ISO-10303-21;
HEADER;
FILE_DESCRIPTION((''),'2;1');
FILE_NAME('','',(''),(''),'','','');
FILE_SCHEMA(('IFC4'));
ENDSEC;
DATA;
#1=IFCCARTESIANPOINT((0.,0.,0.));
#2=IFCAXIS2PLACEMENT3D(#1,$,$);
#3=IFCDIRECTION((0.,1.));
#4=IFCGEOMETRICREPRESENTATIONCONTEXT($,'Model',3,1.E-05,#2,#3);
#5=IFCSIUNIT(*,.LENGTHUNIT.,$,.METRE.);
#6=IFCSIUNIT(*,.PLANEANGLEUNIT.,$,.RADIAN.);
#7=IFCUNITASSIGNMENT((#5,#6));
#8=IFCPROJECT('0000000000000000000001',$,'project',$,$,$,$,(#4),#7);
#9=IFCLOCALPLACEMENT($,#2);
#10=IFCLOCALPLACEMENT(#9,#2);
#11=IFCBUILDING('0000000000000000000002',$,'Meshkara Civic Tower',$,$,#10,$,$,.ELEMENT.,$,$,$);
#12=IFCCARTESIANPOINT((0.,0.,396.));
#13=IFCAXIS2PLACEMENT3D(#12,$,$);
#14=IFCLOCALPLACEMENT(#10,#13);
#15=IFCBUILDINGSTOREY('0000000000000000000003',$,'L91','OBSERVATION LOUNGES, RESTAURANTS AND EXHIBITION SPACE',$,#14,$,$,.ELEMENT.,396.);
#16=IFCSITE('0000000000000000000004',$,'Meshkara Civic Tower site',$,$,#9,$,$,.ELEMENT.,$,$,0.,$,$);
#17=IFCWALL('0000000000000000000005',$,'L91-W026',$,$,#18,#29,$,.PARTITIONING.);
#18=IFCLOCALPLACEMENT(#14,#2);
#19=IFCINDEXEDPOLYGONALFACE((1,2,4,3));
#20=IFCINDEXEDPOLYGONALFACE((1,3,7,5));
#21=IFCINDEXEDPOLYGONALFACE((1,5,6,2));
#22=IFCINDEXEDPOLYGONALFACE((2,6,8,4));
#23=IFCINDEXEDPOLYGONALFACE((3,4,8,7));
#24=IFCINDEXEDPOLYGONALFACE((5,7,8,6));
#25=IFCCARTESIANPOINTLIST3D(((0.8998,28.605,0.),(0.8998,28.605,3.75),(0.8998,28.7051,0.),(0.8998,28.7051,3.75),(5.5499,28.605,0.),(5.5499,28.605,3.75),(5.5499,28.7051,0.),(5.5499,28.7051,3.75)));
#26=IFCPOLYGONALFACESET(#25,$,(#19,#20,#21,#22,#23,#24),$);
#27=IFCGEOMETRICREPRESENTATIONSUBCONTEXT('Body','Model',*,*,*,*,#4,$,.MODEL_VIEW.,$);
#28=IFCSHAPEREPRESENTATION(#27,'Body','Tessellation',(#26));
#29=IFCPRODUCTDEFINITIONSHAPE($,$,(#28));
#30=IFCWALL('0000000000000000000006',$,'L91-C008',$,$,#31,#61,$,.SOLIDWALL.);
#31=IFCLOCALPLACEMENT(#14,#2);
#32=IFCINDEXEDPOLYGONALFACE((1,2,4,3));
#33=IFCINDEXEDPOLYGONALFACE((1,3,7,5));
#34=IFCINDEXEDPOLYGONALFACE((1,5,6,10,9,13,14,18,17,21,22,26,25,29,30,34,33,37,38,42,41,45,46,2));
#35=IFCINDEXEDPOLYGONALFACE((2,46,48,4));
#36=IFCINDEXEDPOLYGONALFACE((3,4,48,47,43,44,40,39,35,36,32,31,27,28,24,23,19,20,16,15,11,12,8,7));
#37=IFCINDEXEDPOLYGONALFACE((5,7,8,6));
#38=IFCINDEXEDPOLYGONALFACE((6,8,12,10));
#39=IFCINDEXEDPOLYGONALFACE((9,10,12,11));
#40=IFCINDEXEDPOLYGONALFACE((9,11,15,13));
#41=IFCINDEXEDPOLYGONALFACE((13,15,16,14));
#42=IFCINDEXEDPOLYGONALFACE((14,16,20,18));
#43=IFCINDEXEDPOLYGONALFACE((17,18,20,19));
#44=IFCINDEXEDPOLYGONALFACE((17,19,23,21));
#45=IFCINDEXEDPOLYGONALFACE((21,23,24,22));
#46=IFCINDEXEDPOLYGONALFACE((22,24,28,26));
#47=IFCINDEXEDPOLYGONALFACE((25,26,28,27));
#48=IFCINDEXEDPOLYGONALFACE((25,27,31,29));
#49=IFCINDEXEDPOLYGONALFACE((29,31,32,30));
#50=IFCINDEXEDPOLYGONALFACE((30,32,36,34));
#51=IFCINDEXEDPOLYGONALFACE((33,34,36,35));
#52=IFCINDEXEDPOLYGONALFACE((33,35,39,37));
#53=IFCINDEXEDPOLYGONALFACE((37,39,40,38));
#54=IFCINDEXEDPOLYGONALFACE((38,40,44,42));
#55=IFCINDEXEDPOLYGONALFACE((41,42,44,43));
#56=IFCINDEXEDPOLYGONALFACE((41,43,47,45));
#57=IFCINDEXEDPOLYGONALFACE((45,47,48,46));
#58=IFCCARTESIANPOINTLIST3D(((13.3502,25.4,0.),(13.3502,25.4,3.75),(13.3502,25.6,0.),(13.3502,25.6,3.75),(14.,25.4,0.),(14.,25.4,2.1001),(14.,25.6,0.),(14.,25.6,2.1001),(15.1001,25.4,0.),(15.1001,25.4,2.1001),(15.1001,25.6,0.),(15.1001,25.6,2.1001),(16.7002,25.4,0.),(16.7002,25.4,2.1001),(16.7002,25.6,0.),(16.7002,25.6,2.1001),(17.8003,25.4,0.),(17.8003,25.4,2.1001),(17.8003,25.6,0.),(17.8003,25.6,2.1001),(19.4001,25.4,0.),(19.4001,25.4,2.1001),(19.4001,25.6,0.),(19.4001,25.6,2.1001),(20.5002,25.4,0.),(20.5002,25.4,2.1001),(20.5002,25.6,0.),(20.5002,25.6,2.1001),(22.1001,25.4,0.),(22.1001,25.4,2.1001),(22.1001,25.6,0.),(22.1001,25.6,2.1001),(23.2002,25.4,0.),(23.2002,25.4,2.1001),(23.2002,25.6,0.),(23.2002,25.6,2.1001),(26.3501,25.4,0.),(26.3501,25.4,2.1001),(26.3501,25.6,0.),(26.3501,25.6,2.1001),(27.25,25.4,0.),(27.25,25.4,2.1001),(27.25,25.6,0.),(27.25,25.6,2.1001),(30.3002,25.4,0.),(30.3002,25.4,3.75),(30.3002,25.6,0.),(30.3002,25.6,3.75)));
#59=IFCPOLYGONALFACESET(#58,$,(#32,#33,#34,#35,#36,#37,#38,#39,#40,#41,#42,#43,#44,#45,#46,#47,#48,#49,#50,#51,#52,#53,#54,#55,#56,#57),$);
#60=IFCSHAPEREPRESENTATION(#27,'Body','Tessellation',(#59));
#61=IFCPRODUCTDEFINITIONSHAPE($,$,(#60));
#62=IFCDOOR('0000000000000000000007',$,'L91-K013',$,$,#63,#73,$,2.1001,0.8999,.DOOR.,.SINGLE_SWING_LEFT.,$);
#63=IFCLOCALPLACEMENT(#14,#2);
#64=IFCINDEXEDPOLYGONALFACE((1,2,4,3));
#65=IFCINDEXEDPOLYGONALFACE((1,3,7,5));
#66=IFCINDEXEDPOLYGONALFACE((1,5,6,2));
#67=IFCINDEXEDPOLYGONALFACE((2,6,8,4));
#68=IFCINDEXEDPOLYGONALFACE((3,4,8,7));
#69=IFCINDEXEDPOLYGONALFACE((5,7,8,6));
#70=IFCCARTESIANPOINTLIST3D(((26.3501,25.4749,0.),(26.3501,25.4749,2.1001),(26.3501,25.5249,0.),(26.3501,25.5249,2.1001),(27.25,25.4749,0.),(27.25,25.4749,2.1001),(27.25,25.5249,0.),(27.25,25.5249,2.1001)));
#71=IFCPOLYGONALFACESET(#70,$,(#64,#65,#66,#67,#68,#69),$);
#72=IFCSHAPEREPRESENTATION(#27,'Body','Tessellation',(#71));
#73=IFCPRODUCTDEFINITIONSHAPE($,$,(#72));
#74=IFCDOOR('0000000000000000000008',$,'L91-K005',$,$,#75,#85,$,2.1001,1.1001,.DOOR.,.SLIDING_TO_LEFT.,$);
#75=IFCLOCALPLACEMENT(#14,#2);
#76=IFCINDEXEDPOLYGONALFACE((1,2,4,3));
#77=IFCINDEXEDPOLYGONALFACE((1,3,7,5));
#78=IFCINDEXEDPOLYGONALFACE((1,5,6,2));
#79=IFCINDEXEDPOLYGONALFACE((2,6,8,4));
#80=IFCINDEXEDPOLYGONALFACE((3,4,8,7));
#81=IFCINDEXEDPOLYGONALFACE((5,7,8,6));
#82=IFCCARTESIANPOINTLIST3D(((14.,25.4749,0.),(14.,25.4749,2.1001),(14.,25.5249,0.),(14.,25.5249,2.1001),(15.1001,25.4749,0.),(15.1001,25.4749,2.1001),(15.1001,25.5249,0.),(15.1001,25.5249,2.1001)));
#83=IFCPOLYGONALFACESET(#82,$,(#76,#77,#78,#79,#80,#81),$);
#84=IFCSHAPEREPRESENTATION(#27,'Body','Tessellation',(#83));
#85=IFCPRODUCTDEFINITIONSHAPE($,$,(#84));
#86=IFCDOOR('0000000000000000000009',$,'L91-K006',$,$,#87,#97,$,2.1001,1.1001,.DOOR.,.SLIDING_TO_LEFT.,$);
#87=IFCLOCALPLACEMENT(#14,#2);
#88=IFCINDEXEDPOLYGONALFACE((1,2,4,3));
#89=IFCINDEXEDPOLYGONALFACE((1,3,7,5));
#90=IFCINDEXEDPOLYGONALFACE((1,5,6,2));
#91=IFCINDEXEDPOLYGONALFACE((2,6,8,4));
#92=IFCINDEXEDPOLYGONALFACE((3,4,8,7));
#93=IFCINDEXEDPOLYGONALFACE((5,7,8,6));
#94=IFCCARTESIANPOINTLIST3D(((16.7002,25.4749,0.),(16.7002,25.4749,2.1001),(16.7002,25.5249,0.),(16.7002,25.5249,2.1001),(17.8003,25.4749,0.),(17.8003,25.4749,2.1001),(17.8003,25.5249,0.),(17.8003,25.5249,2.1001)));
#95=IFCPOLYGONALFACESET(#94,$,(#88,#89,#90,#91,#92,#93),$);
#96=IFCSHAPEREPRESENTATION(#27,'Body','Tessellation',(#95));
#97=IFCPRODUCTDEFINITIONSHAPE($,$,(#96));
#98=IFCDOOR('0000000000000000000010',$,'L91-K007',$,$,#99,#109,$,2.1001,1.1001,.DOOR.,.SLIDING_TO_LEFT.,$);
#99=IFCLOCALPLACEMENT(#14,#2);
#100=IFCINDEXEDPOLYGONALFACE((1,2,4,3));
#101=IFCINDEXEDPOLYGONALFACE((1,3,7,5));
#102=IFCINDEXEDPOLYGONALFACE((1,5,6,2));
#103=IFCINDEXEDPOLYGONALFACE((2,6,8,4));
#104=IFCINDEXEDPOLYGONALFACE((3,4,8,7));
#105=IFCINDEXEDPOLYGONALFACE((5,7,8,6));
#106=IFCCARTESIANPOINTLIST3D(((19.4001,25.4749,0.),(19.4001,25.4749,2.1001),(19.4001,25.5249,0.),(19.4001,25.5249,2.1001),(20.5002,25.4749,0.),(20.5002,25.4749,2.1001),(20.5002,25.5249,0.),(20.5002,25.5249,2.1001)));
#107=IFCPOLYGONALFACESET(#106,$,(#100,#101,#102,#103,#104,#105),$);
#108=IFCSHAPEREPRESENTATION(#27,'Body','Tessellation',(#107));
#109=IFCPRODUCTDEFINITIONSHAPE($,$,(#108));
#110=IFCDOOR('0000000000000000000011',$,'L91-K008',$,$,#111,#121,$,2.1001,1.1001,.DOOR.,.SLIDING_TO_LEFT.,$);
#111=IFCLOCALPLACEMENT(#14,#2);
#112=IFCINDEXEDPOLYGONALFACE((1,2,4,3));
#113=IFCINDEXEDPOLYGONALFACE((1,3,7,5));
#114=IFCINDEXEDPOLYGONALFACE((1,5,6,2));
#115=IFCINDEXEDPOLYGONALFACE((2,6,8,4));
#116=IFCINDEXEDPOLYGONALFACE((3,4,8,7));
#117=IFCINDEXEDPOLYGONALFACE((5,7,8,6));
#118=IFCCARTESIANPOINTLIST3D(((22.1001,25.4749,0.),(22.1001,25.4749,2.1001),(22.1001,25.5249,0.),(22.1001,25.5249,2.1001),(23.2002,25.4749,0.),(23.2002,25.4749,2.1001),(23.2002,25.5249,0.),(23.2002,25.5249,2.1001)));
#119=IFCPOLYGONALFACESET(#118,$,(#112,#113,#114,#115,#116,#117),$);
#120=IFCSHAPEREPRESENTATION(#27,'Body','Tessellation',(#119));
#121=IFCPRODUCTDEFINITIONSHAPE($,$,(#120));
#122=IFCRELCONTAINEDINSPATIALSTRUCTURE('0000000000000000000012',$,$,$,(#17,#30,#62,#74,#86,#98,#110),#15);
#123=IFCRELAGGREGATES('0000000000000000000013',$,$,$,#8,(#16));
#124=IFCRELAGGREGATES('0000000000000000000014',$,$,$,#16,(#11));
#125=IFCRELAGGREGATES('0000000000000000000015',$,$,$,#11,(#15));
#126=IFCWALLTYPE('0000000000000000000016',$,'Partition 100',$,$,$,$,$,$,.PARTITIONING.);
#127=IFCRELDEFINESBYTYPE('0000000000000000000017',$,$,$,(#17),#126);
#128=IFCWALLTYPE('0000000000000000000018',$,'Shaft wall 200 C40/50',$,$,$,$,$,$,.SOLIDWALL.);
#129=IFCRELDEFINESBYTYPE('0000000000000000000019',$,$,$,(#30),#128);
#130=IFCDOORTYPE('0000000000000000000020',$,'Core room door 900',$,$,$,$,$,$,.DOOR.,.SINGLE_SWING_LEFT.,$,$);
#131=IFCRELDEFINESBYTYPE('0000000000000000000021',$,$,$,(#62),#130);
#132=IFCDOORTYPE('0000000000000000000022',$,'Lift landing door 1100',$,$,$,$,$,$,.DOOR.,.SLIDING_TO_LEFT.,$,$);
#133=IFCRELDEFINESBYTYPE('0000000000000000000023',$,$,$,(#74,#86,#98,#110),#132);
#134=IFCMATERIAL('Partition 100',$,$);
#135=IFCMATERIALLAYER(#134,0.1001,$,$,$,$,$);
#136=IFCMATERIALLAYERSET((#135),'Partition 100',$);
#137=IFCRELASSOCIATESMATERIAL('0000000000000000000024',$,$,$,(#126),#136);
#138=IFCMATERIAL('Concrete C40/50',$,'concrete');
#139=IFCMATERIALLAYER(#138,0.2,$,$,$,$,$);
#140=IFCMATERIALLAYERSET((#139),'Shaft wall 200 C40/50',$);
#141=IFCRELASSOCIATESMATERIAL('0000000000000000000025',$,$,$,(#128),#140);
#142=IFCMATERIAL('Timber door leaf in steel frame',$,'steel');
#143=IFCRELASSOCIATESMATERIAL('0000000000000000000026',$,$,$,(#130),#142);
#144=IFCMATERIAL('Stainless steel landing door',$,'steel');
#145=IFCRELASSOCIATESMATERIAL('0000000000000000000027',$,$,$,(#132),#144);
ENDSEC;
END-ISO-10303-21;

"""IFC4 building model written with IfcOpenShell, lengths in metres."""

from ifc_helpers import new_model, si_unit, direction, frame, frame_2d, origin, place, context, subcontext, project, spatial, rectangle, extrude, material, layer, layer_set, type_object, element, fill, save


model = new_model("IFC4")

# Units and contexts
model_context = context("Model", 3, precision=1e-05, world=origin(), true_north=direction((0.0, 1.0)))
body_context = subcontext(model_context, "Body", "Model", "MODEL_VIEW")
ifc_project = project(units=[si_unit("LENGTHUNIT", "METRE"), si_unit("PLANEANGLEUNIT", "RADIAN")], contexts=[model_context])

# Site, building, storey
site_placement = place(None, origin())
site = spatial("IfcSite", under=ifc_project, at=site_placement, Name="Meshkara Civic Tower site", CompositionType="ELEMENT", RefElevation=0.0)
building_placement = place(site_placement, origin())
building = spatial("IfcBuilding", under=site, at=building_placement, Name="Meshkara Civic Tower", CompositionType="ELEMENT")
storey_placement = place(building_placement, frame((0.0, 0.0, 396.0)))
storey = spatial("IfcBuildingStorey", under=building, at=storey_placement, Name="L91", Description="OBSERVATION LOUNGES, RESTAURANTS AND EXHIBITION SPACE", CompositionType="ELEMENT", Elevation=396.0)

# Wall
ifc_material_1 = material(Name="Partition 100")
ifc_layer_1 = layer(ifc_material_1, 0.1001)
ifc_layer_set_1 = layer_set([ifc_layer_1], Name="Partition 100")
wall_type_1 = type_object("IfcWallType", Name="Partition 100", PredefinedType="PARTITIONING", material=ifc_layer_set_1)
wall_1_placement = place(storey_placement, frame((5.55, 28.655, 0.0), z_axis=(0.0, 0.0, 1.0), x_axis=(-1.0, 0.0, 0.0)))
element("IfcWall", 1, at=wall_1_placement, inside=storey, type_object=wall_type_1, Name="L91-W026", PredefinedType="PARTITIONING", context=body_context, shape_type="SweptSolid", body=[
    extrude(rectangle(XDim=4.6501, YDim=0.1001, at=frame_2d((2.3252, 0.0))), origin(), (0.0, 0.0, 1.0), 3.75),
])

# Wall, openings, doors
ifc_material_2 = material(Name="Concrete C40/50", Category="concrete")
ifc_layer_2 = layer(ifc_material_2, 0.2)
ifc_layer_set_2 = layer_set([ifc_layer_2], Name="Shaft wall 200 C40/50")
wall_type_2 = type_object("IfcWallType", Name="Shaft wall 200 C40/50", PredefinedType="SOLIDWALL", material=ifc_layer_set_2)
wall_2_placement = place(storey_placement, frame((13.3501, 25.5, 0.0), z_axis=(0.0, 0.0, 1.0), x_axis=(1.0, 0.0, 0.0)))
wall_2 = element("IfcWall", 2, at=wall_2_placement, inside=storey, type_object=wall_type_2, Name="L91-C008", PredefinedType="SOLIDWALL", context=body_context, shape_type="SweptSolid", body=[
    extrude(rectangle(XDim=16.95, YDim=0.2, at=frame_2d((8.4751, 0.0))), origin(), (0.0, 0.0, 1.0), 3.75),
])
opening_1_placement = place(wall_2_placement, frame((0.6499, 0.0, 0.0)))
opening_1 = element("IfcOpeningElement", 3, at=opening_1_placement, cuts=wall_2, PredefinedType="OPENING", context=body_context, shape_type="SweptSolid", body=[
    extrude(rectangle(XDim=1.1001, YDim=2.1001, at=frame_2d((0.55, 1.05))), frame((0.0, 0.1099, 0.0), z_axis=(0.0, -1.0, 0.0), x_axis=(1.0, 0.0, 0.0)), (0.0, 0.0, 1.0), 0.22),
])
opening_2_placement = place(wall_2_placement, frame((3.3501, 0.0, 0.0)))
opening_2 = element("IfcOpeningElement", 4, at=opening_2_placement, cuts=wall_2, PredefinedType="OPENING", context=body_context, shape_type="SweptSolid", body=[
    extrude(rectangle(XDim=1.1001, YDim=2.1001, at=frame_2d((0.55, 1.05))), frame((0.0, 0.1099, 0.0), z_axis=(0.0, -1.0, 0.0), x_axis=(1.0, 0.0, 0.0)), (0.0, 0.0, 1.0), 0.22),
])
opening_3_placement = place(wall_2_placement, frame((6.05, 0.0, 0.0)))
opening_3 = element("IfcOpeningElement", 5, at=opening_3_placement, cuts=wall_2, PredefinedType="OPENING", context=body_context, shape_type="SweptSolid", body=[
    extrude(rectangle(XDim=1.1001, YDim=2.1001, at=frame_2d((0.55, 1.05))), frame((0.0, 0.1099, 0.0), z_axis=(0.0, -1.0, 0.0), x_axis=(1.0, 0.0, 0.0)), (0.0, 0.0, 1.0), 0.22),
])
opening_4_placement = place(wall_2_placement, frame((8.75, 0.0, 0.0)))
opening_4 = element("IfcOpeningElement", 6, at=opening_4_placement, cuts=wall_2, PredefinedType="OPENING", context=body_context, shape_type="SweptSolid", body=[
    extrude(rectangle(XDim=1.1001, YDim=2.1001, at=frame_2d((0.55, 1.05))), frame((0.0, 0.1099, 0.0), z_axis=(0.0, -1.0, 0.0), x_axis=(1.0, 0.0, 0.0)), (0.0, 0.0, 1.0), 0.22),
])
opening_5_placement = place(wall_2_placement, frame((13.0, 0.0, 0.0)))
opening_5 = element("IfcOpeningElement", 7, at=opening_5_placement, cuts=wall_2, PredefinedType="OPENING", context=body_context, shape_type="SweptSolid", body=[
    extrude(rectangle(XDim=0.8999, YDim=2.1001, at=frame_2d((0.45, 1.05))), frame((0.0, 0.1099, 0.0), z_axis=(0.0, -1.0, 0.0), x_axis=(1.0, 0.0, 0.0)), (0.0, 0.0, 1.0), 0.22),
])
ifc_material_3 = material(Name="Timber door leaf in steel frame", Category="steel")
door_type_1 = type_object("IfcDoorType", Name="Core room door 900", OperationType="SINGLE_SWING_LEFT", PredefinedType="DOOR", material=ifc_material_3)
door_1_placement = place(opening_5_placement, origin())
door_1 = element("IfcDoor", 8, at=door_1_placement, inside=storey, type_object=door_type_1, Name="L91-K013", OperationType="SINGLE_SWING_LEFT", OverallHeight=2.1001, OverallWidth=0.8999, PredefinedType="DOOR", context=body_context, shape_type="SweptSolid", body=[
    extrude(rectangle(XDim=0.8999, YDim=2.1001, at=frame_2d((0.45, 1.05))), frame((0.0, 0.0249, 0.0), z_axis=(0.0, -1.0, 0.0), x_axis=(1.0, 0.0, 0.0)), (0.0, 0.0, 1.0), 0.05),
])
fill(opening_5, door_1)
ifc_material_4 = material(Name="Stainless steel landing door", Category="steel")
door_type_2 = type_object("IfcDoorType", Name="Lift landing door 1100", OperationType="SLIDING_TO_LEFT", PredefinedType="DOOR", material=ifc_material_4)
door_2_placement = place(opening_1_placement, origin())
door_2 = element("IfcDoor", 9, at=door_2_placement, inside=storey, type_object=door_type_2, Name="L91-K005", OperationType="SLIDING_TO_LEFT", OverallHeight=2.1001, OverallWidth=1.1001, PredefinedType="DOOR", context=body_context, shape_type="SweptSolid", body=[
    extrude(rectangle(XDim=1.1001, YDim=2.1001, at=frame_2d((0.55, 1.05))), frame((0.0, 0.0249, 0.0), z_axis=(0.0, -1.0, 0.0), x_axis=(1.0, 0.0, 0.0)), (0.0, 0.0, 1.0), 0.05),
])
fill(opening_1, door_2)
door_3_placement = place(opening_2_placement, origin())
door_3 = element("IfcDoor", 10, at=door_3_placement, inside=storey, type_object=door_type_2, Name="L91-K006", OperationType="SLIDING_TO_LEFT", OverallHeight=2.1001, OverallWidth=1.1001, PredefinedType="DOOR", context=body_context, shape_type="SweptSolid", body=[
    extrude(rectangle(XDim=1.1001, YDim=2.1001, at=frame_2d((0.55, 1.05))), frame((0.0, 0.0249, 0.0), z_axis=(0.0, -1.0, 0.0), x_axis=(1.0, 0.0, 0.0)), (0.0, 0.0, 1.0), 0.05),
])
fill(opening_2, door_3)
door_4_placement = place(opening_3_placement, origin())
door_4 = element("IfcDoor", 11, at=door_4_placement, inside=storey, type_object=door_type_2, Name="L91-K007", OperationType="SLIDING_TO_LEFT", OverallHeight=2.1001, OverallWidth=1.1001, PredefinedType="DOOR", context=body_context, shape_type="SweptSolid", body=[
    extrude(rectangle(XDim=1.1001, YDim=2.1001, at=frame_2d((0.55, 1.05))), frame((0.0, 0.0249, 0.0), z_axis=(0.0, -1.0, 0.0), x_axis=(1.0, 0.0, 0.0)), (0.0, 0.0, 1.0), 0.05),
])
fill(opening_3, door_4)
door_5_placement = place(opening_4_placement, origin())
door_5 = element("IfcDoor", 12, at=door_5_placement, inside=storey, type_object=door_type_2, Name="L91-K008", OperationType="SLIDING_TO_LEFT", OverallHeight=2.1001, OverallWidth=1.1001, PredefinedType="DOOR", context=body_context, shape_type="SweptSolid", body=[
    extrude(rectangle(XDim=1.1001, YDim=2.1001, at=frame_2d((0.55, 1.05))), frame((0.0, 0.0249, 0.0), z_axis=(0.0, -1.0, 0.0), x_axis=(1.0, 0.0, 0.0)), (0.0, 0.0, 1.0), 0.05),
])
fill(opening_4, door_5)

save(model, "model.ifc")
